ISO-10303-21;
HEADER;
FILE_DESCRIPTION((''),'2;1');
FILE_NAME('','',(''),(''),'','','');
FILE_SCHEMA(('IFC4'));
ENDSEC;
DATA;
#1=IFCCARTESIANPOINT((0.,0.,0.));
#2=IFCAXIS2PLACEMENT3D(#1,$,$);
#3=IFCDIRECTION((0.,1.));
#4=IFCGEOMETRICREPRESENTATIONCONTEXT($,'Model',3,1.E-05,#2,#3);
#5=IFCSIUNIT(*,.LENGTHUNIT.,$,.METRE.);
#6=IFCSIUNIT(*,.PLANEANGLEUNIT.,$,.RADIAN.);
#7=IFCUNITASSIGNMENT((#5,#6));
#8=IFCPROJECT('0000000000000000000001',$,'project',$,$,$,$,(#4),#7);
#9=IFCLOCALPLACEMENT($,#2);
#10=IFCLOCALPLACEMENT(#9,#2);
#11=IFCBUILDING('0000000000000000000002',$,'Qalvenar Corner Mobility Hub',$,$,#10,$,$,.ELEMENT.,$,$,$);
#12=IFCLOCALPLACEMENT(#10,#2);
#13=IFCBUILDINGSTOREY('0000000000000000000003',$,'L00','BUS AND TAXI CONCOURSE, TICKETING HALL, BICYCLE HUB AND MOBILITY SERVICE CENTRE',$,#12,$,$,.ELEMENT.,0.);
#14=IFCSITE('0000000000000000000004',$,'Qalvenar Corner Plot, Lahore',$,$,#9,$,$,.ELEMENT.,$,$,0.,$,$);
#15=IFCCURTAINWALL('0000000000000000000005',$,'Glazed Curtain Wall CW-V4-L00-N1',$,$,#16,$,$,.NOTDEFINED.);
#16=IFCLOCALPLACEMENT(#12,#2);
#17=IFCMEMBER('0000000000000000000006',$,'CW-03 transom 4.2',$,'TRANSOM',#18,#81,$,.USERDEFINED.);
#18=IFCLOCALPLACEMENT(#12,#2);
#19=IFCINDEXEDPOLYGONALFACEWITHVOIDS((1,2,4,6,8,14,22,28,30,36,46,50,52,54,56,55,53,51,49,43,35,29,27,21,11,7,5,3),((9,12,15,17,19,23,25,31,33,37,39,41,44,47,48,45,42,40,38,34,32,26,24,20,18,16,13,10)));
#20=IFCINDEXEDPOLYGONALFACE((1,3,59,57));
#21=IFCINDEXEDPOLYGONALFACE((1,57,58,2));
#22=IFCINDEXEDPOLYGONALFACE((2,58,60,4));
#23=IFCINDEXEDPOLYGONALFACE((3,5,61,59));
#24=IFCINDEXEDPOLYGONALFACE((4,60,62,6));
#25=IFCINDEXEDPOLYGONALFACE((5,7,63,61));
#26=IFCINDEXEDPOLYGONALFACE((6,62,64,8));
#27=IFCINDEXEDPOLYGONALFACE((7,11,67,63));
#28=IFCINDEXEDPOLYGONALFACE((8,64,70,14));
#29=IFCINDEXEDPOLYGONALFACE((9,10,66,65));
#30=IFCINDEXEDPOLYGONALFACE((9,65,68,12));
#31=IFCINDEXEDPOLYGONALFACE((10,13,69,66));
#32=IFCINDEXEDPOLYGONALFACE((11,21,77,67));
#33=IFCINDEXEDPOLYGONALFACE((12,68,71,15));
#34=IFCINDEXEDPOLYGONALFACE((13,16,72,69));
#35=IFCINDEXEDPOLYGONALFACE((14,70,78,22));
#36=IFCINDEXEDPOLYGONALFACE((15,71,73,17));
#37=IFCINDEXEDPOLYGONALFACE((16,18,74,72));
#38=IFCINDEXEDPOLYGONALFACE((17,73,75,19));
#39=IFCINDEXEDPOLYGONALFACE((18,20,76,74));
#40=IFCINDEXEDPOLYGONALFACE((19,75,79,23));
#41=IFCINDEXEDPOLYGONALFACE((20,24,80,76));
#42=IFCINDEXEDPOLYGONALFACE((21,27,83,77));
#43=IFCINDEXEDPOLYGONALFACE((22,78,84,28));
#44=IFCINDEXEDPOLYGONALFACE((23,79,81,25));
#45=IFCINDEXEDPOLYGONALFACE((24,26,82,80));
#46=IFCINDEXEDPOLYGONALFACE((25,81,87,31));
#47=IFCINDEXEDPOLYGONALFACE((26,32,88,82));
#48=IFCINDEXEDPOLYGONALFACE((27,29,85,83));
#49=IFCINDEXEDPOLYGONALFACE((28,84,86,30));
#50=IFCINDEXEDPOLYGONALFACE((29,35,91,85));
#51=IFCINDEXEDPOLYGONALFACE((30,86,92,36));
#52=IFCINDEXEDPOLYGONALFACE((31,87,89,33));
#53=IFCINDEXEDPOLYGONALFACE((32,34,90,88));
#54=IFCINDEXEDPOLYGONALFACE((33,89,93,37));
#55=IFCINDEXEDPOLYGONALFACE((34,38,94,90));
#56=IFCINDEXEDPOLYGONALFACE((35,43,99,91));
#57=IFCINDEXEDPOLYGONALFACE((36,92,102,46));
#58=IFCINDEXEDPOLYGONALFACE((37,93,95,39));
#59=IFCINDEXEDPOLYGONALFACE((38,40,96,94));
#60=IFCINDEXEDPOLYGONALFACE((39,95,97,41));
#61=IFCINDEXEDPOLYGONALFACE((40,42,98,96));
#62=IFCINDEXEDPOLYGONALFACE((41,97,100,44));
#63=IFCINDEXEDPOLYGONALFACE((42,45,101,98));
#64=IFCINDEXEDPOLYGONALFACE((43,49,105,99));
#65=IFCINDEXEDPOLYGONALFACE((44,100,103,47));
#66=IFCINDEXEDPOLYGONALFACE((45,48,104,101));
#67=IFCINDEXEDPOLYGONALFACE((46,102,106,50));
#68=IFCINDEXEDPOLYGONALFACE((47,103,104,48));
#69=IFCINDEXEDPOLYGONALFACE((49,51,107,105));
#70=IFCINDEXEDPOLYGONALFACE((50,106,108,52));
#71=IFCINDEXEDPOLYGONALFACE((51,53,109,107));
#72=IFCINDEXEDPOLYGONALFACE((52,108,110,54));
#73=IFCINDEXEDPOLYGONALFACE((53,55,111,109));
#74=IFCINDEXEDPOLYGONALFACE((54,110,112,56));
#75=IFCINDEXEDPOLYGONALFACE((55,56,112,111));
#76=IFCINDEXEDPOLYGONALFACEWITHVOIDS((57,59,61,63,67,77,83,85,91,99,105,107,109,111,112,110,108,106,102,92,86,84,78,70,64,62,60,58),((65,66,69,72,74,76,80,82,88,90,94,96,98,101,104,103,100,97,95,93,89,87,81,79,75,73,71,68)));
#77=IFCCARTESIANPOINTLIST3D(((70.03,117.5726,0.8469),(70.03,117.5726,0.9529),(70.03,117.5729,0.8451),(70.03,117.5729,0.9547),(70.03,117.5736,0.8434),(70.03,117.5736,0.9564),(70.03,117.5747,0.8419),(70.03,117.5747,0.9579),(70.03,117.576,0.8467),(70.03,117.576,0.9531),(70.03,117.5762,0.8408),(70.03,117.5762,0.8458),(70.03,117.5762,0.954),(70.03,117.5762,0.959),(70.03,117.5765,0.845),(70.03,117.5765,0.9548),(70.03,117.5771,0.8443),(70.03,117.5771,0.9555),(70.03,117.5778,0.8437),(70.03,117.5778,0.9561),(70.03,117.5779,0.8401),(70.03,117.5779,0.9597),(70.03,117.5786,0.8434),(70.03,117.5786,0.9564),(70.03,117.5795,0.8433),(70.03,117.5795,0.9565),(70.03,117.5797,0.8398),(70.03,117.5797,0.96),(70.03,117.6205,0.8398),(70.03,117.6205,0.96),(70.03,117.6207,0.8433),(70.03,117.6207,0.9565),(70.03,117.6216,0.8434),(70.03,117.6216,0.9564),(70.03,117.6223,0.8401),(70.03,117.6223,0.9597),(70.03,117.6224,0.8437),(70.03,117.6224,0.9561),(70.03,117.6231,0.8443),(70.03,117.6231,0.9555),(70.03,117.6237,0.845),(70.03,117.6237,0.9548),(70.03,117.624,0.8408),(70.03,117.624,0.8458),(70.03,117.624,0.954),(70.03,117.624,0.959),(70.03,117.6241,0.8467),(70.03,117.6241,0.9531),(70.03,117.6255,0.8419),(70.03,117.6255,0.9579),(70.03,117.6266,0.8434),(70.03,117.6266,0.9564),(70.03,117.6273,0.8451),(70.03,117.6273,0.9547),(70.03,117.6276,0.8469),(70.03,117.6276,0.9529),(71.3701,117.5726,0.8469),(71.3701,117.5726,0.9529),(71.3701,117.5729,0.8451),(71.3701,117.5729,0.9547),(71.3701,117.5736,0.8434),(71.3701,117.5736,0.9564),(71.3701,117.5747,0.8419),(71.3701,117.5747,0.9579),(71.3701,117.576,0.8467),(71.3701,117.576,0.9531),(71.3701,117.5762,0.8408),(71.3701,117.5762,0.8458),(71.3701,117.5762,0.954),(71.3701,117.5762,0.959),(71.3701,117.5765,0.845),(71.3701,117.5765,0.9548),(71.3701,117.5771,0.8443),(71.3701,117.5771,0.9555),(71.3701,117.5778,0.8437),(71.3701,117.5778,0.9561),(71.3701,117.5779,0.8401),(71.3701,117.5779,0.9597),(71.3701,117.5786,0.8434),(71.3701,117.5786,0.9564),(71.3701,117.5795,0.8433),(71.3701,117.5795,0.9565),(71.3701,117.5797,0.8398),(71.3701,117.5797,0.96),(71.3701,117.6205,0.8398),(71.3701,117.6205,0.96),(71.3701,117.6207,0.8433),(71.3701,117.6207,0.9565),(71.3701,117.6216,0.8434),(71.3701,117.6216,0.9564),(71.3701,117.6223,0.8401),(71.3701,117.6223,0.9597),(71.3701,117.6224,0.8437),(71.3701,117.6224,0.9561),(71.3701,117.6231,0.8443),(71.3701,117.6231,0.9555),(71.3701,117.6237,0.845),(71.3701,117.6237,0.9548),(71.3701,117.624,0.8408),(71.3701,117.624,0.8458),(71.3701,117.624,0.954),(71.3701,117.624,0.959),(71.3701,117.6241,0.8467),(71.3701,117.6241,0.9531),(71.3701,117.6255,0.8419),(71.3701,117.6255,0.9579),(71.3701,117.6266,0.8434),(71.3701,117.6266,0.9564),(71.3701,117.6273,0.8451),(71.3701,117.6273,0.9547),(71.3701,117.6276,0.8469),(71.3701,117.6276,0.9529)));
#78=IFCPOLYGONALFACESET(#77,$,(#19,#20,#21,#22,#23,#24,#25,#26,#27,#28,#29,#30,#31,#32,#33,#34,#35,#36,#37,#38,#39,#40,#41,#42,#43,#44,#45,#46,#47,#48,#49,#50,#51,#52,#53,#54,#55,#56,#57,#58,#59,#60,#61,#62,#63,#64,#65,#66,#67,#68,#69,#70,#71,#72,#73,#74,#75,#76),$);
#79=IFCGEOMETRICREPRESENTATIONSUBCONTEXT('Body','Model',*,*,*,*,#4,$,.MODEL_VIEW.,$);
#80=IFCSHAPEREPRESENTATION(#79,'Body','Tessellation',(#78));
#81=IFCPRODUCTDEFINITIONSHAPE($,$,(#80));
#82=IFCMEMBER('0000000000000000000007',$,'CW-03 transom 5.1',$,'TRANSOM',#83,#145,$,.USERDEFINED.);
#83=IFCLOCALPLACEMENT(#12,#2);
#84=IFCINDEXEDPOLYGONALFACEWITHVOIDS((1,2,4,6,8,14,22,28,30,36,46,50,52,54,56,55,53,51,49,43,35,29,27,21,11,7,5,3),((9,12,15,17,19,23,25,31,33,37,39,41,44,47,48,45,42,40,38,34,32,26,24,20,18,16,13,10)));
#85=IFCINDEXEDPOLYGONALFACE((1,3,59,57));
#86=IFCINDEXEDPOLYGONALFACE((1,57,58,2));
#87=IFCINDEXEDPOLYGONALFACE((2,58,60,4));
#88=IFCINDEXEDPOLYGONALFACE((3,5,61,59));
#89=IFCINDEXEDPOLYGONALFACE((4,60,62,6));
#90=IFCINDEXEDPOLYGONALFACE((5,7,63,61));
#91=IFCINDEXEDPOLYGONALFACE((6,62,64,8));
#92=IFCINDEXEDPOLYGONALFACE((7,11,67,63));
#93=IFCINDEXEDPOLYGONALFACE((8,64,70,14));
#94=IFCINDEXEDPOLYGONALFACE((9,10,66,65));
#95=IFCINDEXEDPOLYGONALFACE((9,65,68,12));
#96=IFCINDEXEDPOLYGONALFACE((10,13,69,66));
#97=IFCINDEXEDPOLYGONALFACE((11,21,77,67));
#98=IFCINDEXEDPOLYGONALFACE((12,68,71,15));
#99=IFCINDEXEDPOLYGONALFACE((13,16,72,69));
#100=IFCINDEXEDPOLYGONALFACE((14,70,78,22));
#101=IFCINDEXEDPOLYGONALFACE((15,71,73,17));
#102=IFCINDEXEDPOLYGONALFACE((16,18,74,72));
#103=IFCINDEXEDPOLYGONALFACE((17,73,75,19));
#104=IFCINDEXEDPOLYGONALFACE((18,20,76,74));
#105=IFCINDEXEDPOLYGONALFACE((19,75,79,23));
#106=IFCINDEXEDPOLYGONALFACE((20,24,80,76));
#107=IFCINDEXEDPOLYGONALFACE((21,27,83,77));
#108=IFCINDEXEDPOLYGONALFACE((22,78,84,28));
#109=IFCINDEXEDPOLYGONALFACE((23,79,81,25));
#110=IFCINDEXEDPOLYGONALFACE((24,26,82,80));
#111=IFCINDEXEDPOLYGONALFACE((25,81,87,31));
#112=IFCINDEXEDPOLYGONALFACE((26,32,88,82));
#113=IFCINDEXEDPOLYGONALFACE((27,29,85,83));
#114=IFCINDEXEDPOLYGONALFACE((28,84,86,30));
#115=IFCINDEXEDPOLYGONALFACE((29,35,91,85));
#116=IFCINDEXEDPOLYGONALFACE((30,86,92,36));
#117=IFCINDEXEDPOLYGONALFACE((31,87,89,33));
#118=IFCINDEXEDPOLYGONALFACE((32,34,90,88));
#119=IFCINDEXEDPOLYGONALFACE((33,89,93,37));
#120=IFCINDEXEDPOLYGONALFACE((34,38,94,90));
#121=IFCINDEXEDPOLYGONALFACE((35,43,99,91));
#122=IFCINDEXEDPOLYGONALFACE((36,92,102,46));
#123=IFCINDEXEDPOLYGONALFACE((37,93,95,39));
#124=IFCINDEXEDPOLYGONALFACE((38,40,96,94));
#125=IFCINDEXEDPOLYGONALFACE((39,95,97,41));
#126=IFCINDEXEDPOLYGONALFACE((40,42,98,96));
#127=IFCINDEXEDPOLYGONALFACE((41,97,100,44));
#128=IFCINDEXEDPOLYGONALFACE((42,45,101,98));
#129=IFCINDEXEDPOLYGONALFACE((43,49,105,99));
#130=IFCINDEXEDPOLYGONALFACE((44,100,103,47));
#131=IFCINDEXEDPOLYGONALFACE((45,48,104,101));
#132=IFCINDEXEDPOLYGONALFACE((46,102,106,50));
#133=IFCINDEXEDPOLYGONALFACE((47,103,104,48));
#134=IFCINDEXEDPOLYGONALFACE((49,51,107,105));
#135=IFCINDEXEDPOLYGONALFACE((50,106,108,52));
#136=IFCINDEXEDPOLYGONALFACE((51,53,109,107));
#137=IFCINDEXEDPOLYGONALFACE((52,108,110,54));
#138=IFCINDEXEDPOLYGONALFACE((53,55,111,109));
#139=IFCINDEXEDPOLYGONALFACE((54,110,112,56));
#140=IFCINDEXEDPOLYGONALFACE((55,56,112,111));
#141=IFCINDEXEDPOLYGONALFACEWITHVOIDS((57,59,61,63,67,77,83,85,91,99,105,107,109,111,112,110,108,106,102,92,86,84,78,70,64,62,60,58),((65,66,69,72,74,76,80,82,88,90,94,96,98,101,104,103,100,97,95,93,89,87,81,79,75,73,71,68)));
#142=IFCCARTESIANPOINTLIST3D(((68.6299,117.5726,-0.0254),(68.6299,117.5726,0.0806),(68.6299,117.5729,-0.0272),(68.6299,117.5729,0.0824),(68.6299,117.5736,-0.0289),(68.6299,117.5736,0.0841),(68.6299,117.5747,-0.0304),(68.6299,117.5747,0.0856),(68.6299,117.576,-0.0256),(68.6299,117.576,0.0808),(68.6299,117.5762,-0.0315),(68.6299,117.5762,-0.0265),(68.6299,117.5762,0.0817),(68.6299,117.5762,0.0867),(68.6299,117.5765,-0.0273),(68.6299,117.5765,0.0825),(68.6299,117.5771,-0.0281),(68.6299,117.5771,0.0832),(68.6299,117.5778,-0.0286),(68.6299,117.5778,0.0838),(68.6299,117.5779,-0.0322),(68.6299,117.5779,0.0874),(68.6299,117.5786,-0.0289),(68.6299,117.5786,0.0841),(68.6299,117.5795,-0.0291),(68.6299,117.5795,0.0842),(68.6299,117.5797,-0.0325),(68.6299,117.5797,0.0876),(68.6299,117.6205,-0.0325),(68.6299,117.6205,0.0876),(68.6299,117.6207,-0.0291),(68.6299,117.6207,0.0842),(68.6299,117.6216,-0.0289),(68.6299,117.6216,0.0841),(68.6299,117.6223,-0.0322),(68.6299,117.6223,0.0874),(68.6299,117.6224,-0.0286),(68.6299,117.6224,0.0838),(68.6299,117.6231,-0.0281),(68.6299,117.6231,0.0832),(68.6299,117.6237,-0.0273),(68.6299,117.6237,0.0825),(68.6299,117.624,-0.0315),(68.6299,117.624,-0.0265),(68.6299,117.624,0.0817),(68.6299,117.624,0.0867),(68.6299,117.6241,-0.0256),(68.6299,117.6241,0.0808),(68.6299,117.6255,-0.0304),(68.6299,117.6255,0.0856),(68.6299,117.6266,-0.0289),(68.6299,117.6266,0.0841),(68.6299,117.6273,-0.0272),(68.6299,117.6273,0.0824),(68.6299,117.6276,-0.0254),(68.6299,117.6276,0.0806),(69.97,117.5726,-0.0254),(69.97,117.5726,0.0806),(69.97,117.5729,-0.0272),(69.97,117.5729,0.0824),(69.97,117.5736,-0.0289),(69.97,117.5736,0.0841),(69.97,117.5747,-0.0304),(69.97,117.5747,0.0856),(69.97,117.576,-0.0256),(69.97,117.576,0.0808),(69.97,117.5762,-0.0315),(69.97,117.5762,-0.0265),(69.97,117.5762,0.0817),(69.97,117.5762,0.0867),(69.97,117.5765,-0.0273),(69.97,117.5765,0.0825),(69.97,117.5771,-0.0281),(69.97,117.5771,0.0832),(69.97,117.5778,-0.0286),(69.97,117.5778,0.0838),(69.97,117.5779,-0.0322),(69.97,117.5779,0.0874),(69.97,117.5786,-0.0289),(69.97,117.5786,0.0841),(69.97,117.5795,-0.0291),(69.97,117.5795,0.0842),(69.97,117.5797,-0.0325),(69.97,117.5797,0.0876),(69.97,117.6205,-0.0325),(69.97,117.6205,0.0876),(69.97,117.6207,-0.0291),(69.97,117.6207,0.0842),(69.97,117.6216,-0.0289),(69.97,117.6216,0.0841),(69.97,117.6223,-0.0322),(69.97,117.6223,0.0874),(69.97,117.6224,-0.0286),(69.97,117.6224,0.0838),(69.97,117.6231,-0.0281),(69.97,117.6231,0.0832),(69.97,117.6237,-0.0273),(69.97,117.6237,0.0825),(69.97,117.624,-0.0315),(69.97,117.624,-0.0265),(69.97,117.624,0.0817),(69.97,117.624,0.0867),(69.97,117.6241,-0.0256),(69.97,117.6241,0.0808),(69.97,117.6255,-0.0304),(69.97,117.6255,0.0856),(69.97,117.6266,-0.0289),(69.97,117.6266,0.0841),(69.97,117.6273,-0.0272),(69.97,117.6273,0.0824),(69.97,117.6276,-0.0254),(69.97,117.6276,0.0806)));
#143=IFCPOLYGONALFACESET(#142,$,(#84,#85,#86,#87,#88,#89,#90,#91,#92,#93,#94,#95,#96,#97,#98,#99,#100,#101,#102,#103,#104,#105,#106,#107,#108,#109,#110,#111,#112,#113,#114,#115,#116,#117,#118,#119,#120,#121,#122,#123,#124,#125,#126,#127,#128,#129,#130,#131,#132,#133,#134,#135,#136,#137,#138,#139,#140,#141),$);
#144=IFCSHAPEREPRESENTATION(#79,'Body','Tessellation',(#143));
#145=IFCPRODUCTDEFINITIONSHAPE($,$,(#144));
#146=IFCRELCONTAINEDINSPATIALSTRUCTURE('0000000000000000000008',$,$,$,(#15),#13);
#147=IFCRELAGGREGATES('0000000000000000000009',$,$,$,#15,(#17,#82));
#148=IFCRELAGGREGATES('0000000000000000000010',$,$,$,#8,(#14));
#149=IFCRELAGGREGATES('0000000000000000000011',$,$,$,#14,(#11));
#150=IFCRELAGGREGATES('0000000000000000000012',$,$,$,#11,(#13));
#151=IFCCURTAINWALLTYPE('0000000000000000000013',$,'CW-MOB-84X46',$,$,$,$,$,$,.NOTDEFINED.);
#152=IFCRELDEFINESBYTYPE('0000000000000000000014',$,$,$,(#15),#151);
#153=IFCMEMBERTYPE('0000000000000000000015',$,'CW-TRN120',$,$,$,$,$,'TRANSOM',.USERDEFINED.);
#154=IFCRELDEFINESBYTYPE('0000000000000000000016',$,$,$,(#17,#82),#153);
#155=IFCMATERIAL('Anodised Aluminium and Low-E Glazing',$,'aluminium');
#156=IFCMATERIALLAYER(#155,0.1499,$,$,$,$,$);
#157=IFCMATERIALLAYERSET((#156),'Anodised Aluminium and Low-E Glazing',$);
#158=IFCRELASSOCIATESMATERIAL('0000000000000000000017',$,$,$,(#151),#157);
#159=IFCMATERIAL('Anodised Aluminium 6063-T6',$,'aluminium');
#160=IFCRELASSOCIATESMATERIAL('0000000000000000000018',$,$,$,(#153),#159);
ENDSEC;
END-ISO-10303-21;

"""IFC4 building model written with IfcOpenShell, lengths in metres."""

from ifc_helpers import new_model, si_unit, direction, frame, origin, origin_2d, place, context, subcontext, project, spatial, hollow_rectangle, extrude, material, layer, layer_set, material_profile, profile_set, type_object, element, aggregate, save


model = new_model("IFC4")

# Units and contexts
model_context = context("Model", 3, precision=1e-05, world=origin(), true_north=direction((0.0, 1.0)))
body_context = subcontext(model_context, "Body", "Model", "MODEL_VIEW")
ifc_project = project(units=[si_unit("LENGTHUNIT", "METRE"), si_unit("PLANEANGLEUNIT", "RADIAN")], contexts=[model_context])

# Site, building, storey
site_placement = place(None, origin())
site = spatial("IfcSite", under=ifc_project, at=site_placement, Name="Qalvenar Corner Plot, Lahore", CompositionType="ELEMENT", RefElevation=0.0)
building_placement = place(site_placement, origin())
building = spatial("IfcBuilding", under=site, at=building_placement, Name="Qalvenar Corner Mobility Hub", CompositionType="ELEMENT")
storey_placement = place(building_placement, origin())
storey = spatial("IfcBuildingStorey", under=building, at=storey_placement, Name="L00", Description="BUS AND TAXI CONCOURSE, TICKETING HALL, BICYCLE HUB AND MOBILITY SERVICE CENTRE", CompositionType="ELEMENT", Elevation=0.0)

# Curtain wall, members
ifc_material_1 = material(Name="Anodised Aluminium and Low-E Glazing", Category="aluminium")
ifc_layer_1 = layer(ifc_material_1, 0.1499)
ifc_layer_set_1 = layer_set([ifc_layer_1], Name="Anodised Aluminium and Low-E Glazing")
curtain_wall_type = type_object("IfcCurtainWallType", Name="CW-MOB-84X46", PredefinedType="NOTDEFINED", material=ifc_layer_set_1)
curtain_wall_placement = place(storey_placement, origin())
curtain_wall = element("IfcCurtainWall", 1, at=curtain_wall_placement, inside=storey, type_object=curtain_wall_type, Name="Glazed Curtain Wall CW-V4-L00-N1", PredefinedType="NOTDEFINED")
ifc_material_2 = material(Name="Anodised Aluminium 6063-T6", Category="aluminium")
ifc_material_profile_1 = material_profile(ifc_material_2, hollow_rectangle(XDim=0.0549, YDim=0.1201, WallThickness=0.0034, InnerFilletRadius=0.0034, OuterFilletRadius=0.0071, at=origin_2d()), Name="RHS120x55x3.5")
ifc_profile_set_1 = profile_set([ifc_material_profile_1], Name="Anodised Aluminium 6063-T6")
member_type_1 = type_object("IfcMemberType", Name="CW-TRN120", ElementType="TRANSOM", PredefinedType="USERDEFINED", material=ifc_profile_set_1)
member_1_placement = place(storey_placement, frame((71.3701, 117.6001, 0.8999), z_axis=(-1.0, 0.0, 0.0), x_axis=(0.0, -1.0, 0.0)))
member_1 = element("IfcMember", 2, at=member_1_placement, type_object=member_type_1, Name="CW-03 transom 4.2", ObjectType="TRANSOM", PredefinedType="USERDEFINED", context=body_context, shape_type="SweptSolid", body=[
    extrude(hollow_rectangle(XDim=0.0549, YDim=0.1201, WallThickness=0.0034, InnerFilletRadius=0.0034, OuterFilletRadius=0.0071, at=origin_2d()), origin(), (0.0, 0.0, 1.0), 1.3401),
])
member_2_placement = place(storey_placement, frame((69.97, 117.6001, 0.0276), z_axis=(-1.0, 0.0, 0.0), x_axis=(0.0, -1.0, 0.0)))
member_2 = element("IfcMember", 3, at=member_2_placement, type_object=member_type_1, Name="CW-03 transom 5.1", ObjectType="TRANSOM", PredefinedType="USERDEFINED", context=body_context, shape_type="SweptSolid", body=[
    extrude(hollow_rectangle(XDim=0.0549, YDim=0.1201, WallThickness=0.0034, InnerFilletRadius=0.0034, OuterFilletRadius=0.0071, at=origin_2d()), origin(), (0.0, 0.0, 1.0), 1.3401),
])
aggregate(curtain_wall, [member_1, member_2])

save(model, "model.ifc")
